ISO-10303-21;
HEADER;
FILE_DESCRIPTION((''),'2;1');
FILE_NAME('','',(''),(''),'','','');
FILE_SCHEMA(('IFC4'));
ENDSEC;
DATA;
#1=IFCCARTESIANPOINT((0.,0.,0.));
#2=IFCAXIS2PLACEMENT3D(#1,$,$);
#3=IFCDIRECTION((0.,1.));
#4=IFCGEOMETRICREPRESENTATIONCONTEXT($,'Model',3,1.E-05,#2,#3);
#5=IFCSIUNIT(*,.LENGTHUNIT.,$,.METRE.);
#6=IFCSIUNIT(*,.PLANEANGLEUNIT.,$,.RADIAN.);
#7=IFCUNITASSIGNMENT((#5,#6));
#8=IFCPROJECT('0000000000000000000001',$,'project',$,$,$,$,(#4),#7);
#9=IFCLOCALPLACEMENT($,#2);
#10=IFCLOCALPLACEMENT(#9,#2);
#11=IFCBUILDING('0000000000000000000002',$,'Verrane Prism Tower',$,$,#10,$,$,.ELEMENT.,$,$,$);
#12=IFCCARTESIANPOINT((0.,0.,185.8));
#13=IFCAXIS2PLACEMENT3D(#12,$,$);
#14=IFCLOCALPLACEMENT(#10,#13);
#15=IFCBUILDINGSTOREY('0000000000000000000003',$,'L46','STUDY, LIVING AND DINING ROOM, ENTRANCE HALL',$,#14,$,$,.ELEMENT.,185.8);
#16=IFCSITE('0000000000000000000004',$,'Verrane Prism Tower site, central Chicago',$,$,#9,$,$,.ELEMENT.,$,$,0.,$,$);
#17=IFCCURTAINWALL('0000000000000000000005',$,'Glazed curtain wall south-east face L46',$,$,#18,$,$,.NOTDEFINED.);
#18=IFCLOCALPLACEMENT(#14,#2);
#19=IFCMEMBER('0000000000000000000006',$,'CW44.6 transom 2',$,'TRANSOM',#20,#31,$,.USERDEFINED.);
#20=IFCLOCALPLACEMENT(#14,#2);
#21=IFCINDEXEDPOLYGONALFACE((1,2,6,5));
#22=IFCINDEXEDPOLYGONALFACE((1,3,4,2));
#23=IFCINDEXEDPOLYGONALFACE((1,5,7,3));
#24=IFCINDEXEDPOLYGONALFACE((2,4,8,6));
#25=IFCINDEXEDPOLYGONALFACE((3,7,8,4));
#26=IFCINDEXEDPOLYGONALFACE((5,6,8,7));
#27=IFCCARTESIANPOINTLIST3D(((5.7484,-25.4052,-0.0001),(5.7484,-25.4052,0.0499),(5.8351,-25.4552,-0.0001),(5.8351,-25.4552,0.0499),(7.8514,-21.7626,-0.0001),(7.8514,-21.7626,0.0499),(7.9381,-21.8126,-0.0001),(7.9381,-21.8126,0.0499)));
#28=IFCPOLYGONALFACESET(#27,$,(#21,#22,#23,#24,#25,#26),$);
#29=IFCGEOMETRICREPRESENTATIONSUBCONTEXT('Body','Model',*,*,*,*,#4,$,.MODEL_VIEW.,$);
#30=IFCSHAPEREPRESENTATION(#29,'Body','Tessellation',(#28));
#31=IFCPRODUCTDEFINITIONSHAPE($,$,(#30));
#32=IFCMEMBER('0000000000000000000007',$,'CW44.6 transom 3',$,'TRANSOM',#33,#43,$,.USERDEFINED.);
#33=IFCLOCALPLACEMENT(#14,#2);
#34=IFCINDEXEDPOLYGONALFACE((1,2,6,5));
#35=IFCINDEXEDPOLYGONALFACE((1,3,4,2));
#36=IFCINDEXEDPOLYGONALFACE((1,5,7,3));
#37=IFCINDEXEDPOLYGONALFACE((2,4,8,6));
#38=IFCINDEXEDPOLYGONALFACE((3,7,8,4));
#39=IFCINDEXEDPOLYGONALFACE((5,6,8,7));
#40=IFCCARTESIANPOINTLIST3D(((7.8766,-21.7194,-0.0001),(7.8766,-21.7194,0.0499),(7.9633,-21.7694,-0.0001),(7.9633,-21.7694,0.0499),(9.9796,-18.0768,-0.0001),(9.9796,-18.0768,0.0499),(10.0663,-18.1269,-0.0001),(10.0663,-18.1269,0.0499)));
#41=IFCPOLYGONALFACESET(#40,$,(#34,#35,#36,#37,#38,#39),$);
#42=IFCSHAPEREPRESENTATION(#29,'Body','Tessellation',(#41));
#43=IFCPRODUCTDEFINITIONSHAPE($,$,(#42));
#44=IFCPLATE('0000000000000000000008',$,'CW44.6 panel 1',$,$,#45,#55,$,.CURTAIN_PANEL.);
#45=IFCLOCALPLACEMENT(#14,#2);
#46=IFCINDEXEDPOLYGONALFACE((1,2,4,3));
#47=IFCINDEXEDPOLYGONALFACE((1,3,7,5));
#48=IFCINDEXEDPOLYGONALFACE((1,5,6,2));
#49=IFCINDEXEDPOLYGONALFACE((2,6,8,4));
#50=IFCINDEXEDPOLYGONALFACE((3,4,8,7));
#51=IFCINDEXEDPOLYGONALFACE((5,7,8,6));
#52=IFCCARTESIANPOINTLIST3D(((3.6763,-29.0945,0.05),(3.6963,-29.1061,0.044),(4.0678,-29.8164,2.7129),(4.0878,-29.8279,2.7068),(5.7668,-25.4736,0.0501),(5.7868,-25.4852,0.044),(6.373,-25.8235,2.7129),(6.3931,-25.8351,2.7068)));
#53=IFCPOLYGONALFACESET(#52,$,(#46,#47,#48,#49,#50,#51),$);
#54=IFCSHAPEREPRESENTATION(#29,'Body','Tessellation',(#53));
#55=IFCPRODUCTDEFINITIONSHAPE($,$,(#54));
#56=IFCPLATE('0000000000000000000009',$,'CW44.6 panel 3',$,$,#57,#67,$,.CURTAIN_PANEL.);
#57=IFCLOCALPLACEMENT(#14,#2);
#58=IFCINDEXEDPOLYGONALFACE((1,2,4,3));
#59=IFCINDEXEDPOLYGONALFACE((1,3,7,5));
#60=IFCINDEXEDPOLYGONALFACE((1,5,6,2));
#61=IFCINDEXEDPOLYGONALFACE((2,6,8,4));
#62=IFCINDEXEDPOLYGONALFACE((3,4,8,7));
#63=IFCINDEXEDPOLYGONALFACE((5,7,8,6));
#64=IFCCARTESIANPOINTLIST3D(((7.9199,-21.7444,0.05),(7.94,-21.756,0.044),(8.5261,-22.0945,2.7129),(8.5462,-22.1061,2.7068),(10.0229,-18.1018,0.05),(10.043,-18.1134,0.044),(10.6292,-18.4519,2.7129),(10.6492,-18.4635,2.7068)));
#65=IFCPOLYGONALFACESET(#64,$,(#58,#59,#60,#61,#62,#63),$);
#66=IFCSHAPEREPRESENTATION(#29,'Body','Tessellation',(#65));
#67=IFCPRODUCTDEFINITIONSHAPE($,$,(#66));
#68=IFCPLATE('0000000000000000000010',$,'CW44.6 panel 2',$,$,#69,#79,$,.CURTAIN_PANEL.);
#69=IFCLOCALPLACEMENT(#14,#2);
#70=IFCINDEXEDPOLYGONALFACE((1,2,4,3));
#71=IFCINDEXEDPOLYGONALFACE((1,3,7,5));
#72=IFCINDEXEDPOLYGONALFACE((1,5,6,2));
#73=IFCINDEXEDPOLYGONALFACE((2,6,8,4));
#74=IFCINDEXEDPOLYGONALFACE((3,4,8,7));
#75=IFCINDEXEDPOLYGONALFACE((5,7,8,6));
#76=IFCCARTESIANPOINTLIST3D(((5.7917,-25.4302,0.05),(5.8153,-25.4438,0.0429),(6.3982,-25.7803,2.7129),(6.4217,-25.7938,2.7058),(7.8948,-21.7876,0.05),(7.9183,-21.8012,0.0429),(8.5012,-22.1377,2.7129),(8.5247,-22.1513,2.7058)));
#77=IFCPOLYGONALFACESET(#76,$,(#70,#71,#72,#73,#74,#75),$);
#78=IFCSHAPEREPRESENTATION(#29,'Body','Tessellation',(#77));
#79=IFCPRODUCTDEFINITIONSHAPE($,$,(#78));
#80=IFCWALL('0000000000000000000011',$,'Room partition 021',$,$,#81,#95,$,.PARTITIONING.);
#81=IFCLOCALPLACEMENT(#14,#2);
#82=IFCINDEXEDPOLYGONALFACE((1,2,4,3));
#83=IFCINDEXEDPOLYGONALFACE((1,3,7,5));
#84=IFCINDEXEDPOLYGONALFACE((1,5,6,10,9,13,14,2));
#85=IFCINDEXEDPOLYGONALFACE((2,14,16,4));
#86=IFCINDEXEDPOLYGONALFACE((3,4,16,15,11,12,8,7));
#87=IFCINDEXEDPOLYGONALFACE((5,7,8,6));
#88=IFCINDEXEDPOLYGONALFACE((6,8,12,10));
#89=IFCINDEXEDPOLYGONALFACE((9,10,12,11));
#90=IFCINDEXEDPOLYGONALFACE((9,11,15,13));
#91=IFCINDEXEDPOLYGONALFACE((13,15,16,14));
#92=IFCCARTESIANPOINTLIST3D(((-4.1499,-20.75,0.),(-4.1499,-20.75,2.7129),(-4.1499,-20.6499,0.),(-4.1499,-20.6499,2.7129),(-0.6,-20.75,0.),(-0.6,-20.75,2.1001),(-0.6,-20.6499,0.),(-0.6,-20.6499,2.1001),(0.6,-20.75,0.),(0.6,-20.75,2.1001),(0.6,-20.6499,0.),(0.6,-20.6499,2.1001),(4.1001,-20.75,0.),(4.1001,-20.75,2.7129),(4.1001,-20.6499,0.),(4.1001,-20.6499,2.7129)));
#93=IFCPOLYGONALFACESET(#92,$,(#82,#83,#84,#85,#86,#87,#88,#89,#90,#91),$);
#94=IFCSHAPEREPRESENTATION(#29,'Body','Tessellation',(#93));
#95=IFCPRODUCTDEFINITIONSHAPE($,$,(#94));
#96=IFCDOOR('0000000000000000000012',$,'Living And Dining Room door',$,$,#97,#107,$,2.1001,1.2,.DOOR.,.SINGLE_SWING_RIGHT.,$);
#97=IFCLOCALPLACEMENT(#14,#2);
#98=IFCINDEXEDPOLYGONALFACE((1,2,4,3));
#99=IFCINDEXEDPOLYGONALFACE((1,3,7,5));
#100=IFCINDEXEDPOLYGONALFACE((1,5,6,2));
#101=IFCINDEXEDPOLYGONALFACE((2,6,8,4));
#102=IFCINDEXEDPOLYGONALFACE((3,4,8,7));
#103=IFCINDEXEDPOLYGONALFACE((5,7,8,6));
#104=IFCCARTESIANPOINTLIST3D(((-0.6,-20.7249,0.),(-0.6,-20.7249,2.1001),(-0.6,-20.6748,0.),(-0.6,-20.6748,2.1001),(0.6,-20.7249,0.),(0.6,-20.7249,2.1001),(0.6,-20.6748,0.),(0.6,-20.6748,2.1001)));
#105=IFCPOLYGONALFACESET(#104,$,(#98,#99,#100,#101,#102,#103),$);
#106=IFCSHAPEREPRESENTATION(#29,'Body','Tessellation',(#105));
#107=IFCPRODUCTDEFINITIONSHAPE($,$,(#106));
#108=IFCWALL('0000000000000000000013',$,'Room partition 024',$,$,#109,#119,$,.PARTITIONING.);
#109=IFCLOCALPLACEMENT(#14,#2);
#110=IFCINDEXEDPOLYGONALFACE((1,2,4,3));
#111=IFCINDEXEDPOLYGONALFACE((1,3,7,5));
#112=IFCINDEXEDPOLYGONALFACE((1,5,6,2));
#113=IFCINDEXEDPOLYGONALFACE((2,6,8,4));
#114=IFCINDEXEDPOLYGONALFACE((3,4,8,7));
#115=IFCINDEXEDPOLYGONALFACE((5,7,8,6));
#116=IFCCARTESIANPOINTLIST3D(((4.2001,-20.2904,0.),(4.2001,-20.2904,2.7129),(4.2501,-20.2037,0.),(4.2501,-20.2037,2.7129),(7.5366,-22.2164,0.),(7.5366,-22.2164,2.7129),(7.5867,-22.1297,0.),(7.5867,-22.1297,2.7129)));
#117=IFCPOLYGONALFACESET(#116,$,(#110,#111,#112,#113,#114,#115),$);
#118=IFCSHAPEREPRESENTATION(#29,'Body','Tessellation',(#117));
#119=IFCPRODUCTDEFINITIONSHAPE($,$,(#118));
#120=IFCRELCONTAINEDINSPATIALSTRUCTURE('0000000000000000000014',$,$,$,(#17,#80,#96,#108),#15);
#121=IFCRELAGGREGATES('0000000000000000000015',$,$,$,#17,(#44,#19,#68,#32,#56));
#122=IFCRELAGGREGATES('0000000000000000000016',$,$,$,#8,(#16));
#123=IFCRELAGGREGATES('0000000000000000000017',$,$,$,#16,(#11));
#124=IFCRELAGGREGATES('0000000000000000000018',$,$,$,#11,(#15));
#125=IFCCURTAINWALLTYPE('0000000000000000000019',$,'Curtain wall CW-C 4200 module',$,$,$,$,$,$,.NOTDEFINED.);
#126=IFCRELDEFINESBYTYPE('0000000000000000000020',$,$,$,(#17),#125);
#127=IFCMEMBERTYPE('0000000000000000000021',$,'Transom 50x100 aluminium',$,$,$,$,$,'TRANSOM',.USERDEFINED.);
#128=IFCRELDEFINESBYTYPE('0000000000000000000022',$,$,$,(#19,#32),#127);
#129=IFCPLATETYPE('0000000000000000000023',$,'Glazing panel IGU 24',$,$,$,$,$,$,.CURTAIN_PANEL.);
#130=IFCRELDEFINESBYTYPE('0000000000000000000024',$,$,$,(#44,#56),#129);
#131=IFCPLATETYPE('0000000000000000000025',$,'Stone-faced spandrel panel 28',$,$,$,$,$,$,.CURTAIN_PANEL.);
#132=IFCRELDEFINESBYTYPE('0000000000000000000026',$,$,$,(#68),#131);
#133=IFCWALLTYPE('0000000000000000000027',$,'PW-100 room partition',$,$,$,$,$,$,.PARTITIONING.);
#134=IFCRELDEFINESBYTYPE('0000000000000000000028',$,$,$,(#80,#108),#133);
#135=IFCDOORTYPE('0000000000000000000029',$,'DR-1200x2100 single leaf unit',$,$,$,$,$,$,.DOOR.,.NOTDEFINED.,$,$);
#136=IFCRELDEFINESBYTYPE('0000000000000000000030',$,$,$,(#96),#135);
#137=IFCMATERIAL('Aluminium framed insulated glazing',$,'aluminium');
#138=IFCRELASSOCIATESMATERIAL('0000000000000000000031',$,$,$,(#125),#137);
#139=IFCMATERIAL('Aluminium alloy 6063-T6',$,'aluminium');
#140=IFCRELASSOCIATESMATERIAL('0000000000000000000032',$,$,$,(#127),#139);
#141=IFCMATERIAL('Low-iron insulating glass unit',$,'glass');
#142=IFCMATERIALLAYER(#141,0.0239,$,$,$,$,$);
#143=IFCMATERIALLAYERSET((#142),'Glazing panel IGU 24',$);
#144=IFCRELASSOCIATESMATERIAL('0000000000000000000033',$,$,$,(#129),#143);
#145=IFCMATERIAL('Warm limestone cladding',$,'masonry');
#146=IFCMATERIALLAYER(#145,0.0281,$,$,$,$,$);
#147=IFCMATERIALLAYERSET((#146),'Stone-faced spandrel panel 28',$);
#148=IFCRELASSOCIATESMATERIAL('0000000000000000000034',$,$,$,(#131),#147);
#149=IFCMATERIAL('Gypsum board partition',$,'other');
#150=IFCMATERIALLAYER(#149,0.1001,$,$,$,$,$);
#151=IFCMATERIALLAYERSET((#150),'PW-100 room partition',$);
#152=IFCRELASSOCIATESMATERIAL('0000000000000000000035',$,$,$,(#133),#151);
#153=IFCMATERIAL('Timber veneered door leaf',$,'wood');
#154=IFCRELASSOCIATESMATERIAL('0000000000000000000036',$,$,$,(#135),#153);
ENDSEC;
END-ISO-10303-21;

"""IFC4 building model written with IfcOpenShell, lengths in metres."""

from ifc_helpers import new_model, si_unit, direction, frame, frame_2d, origin, origin_2d, place, context, subcontext, project, spatial, polyline, rectangle, outline, extrude, material, layer, layer_set, material_profile, profile_set, type_object, element, fill, aggregate, save


model = new_model("IFC4")

# Units and contexts
model_context = context("Model", 3, precision=1e-05, world=origin(), true_north=direction((0.0, 1.0)))
body_context = subcontext(model_context, "Body", "Model", "MODEL_VIEW")
ifc_project = project(units=[si_unit("LENGTHUNIT", "METRE"), si_unit("PLANEANGLEUNIT", "RADIAN")], contexts=[model_context])

# Site, building, storey
site_placement = place(None, origin())
site = spatial("IfcSite", under=ifc_project, at=site_placement, Name="Verrane Prism Tower site, central Chicago", CompositionType="ELEMENT", RefElevation=0.0)
building_placement = place(site_placement, origin())
building = spatial("IfcBuilding", under=site, at=building_placement, Name="Verrane Prism Tower", CompositionType="ELEMENT")
storey_placement = place(building_placement, frame((0.0, 0.0, 185.8)))
storey = spatial("IfcBuildingStorey", under=building, at=storey_placement, Name="L46", Description="STUDY, LIVING AND DINING ROOM, ENTRANCE HALL", CompositionType="ELEMENT", Elevation=185.8)

# Curtain wall
ifc_material_1 = material(Name="Aluminium framed insulated glazing", Category="aluminium")
curtain_wall_type = type_object("IfcCurtainWallType", Name="Curtain wall CW-C 4200 module", PredefinedType="NOTDEFINED", material=ifc_material_1)
curtain_wall_placement = place(storey_placement, origin())
curtain_wall = element("IfcCurtainWall", 1, at=curtain_wall_placement, inside=storey, type_object=curtain_wall_type, Name="Glazed curtain wall south-east face L46", PredefinedType="NOTDEFINED")

# Members
ifc_material_2 = material(Name="Aluminium alloy 6063-T6", Category="aluminium")
ifc_material_profile_1 = material_profile(ifc_material_2, rectangle(XDim=0.1001, YDim=0.05, at=origin_2d()), Name="Transom 50x100 aluminium")
ifc_profile_set_1 = profile_set([ifc_material_profile_1], Name="Aluminium alloy 6063-T6")
member_type_1 = type_object("IfcMemberType", Name="Transom 50x100 aluminium", ElementType="TRANSOM", PredefinedType="USERDEFINED", material=ifc_profile_set_1)
member_1_placement = place(storey_placement, frame((5.7917, -25.4302, 0.0249), z_axis=(0.499997, 0.866027, 0.0), x_axis=(-0.866027, 0.499997, 0.0)))
member_1 = element("IfcMember", 2, at=member_1_placement, type_object=member_type_1, Name="CW44.6 transom 2", ObjectType="TRANSOM", PredefinedType="USERDEFINED", context=body_context, shape_type="SweptSolid", body=[
    extrude(rectangle(XDim=0.1001, YDim=0.05, at=origin_2d()), origin(), (0.0, 0.0, 1.0), 4.2061),
])
member_2_placement = place(storey_placement, frame((7.9199, -21.7444, 0.0249), z_axis=(0.499997, 0.866027, 0.0), x_axis=(-0.866027, 0.499997, 0.0)))
member_2 = element("IfcMember", 3, at=member_2_placement, type_object=member_type_1, Name="CW44.6 transom 3", ObjectType="TRANSOM", PredefinedType="USERDEFINED", context=body_context, shape_type="SweptSolid", body=[
    extrude(rectangle(XDim=0.1001, YDim=0.05, at=origin_2d()), origin(), (0.0, 0.0, 1.0), 4.2061),
])

# Plates
ifc_material_3 = material(Name="Low-iron insulating glass unit", Category="glass")
ifc_layer_1 = layer(ifc_material_3, 0.0239)
ifc_layer_set_1 = layer_set([ifc_layer_1], Name="Glazing panel IGU 24")
plate_type_1 = type_object("IfcPlateType", Name="Glazing panel IGU 24", PredefinedType="CURTAIN_PANEL", material=ifc_layer_set_1)
plate_1_placement = place(storey_placement, frame((3.6763, -29.0945, 0.05), z_axis=(-0.837572, 0.483566, 0.254241), x_axis=(0.499996, 0.866028, 0.000005)))
plate_1 = element("IfcPlate", 4, at=plate_1_placement, type_object=plate_type_1, Name="CW44.6 panel 1", PredefinedType="CURTAIN_PANEL", context=body_context, shape_type="SweptSolid", body=[
    extrude(outline(polyline([(0.0, 0.0), (4.181, 0.0), (4.1812, -2.7533), (-0.4294, -2.7533), (0.0, 0.0)])), origin(), (0.0, 0.0, -1.0), 0.0239),
])
plate_2_placement = place(storey_placement, frame((7.9199, -21.7444, 0.05), z_axis=(-0.837568, 0.483566, 0.254251), x_axis=(0.499997, 0.866027, 0.0)))
plate_2 = element("IfcPlate", 5, at=plate_2_placement, type_object=plate_type_1, Name="CW44.6 panel 3", PredefinedType="CURTAIN_PANEL", context=body_context, shape_type="SweptSolid", body=[
    extrude(outline(polyline([(0.0, 0.0), (4.2061, 0.0), (4.206, -2.7533), (-0.0001, -2.7533), (0.0, 0.0)])), origin(), (0.0, 0.0, -1.0), 0.0239),
])
ifc_material_4 = material(Name="Warm limestone cladding", Category="masonry")
ifc_layer_2 = layer(ifc_material_4, 0.0281)
ifc_layer_set_2 = layer_set([ifc_layer_2], Name="Stone-faced spandrel panel 28")
plate_type_2 = type_object("IfcPlateType", Name="Stone-faced spandrel panel 28", PredefinedType="CURTAIN_PANEL", material=ifc_layer_set_2)
plate_3_placement = place(storey_placement, frame((5.7917, -25.4302, 0.05), z_axis=(-0.837552, 0.483557, 0.254323), x_axis=(0.499997, 0.866027, 0.0)))
plate_3 = element("IfcPlate", 6, at=plate_3_placement, type_object=plate_type_2, Name="CW44.6 panel 2", PredefinedType="CURTAIN_PANEL", context=body_context, shape_type="SweptSolid", body=[
    extrude(outline(polyline([(0.0, 0.0), (4.2061, 0.0), (4.2061, -2.7534), (0.0, -2.7534), (0.0, 0.0)])), origin(), (0.0, 0.0, -1.0), 0.0281),
])
aggregate(curtain_wall, [plate_1, member_1, plate_3, member_2, plate_2])

# Wall, opening, door
ifc_material_5 = material(Name="Gypsum board partition", Category="other")
ifc_layer_3 = layer(ifc_material_5, 0.1001)
ifc_layer_set_3 = layer_set([ifc_layer_3], Name="PW-100 room partition")
wall_type = type_object("IfcWallType", Name="PW-100 room partition", PredefinedType="PARTITIONING", material=ifc_layer_set_3)
wall_1_placement = place(storey_placement, frame((4.1001, -20.7, 0.0), z_axis=(0.0, 0.0, 1.0), x_axis=(-1.0, 0.0, 0.0)))
wall_1 = element("IfcWall", 7, at=wall_1_placement, inside=storey, type_object=wall_type, Name="Room partition 021", PredefinedType="PARTITIONING", context=body_context, shape_type="SweptSolid", body=[
    extrude(rectangle(XDim=8.25, YDim=0.1001, at=frame_2d((4.125, 0.0))), origin(), (0.0, 0.0, 1.0), 2.7129),
])
opening_placement = place(wall_1_placement, frame((3.5, 0.0, 0.0)))
opening = element("IfcOpeningElement", 8, at=opening_placement, cuts=wall_1, PredefinedType="OPENING", context=body_context, shape_type="SweptSolid", body=[
    extrude(rectangle(XDim=1.2, YDim=2.1001, at=frame_2d((0.6001, 1.05))), frame((0.0, 0.0601, 0.0), z_axis=(0.0, -1.0, 0.0), x_axis=(1.0, 0.0, 0.0)), (0.0, 0.0, 1.0), 0.1201),
])
ifc_material_6 = material(Name="Timber veneered door leaf", Category="wood")
door_type = type_object("IfcDoorType", Name="DR-1200x2100 single leaf unit", OperationType="NOTDEFINED", PredefinedType="DOOR", material=ifc_material_6)
door_placement = place(opening_placement, origin())
door = element("IfcDoor", 9, at=door_placement, inside=storey, type_object=door_type, Name="Living And Dining Room door", OperationType="SINGLE_SWING_RIGHT", OverallHeight=2.1001, OverallWidth=1.2, PredefinedType="DOOR", context=body_context, shape_type="SweptSolid", body=[
    extrude(rectangle(XDim=1.2, YDim=2.1001, at=frame_2d((0.6001, 1.05))), frame((0.0, 0.0249, 0.0), z_axis=(0.0, -1.0, 0.0), x_axis=(1.0, 0.0, 0.0)), (0.0, 0.0, 1.0), 0.05),
])
fill(opening, door)

# Wall
wall_2_placement = place(storey_placement, frame((4.2251, -20.2471, 0.0), z_axis=(0.0, 0.0, 1.0), x_axis=(0.866071, -0.499922, 0.0)))
element("IfcWall", 10, at=wall_2_placement, inside=storey, type_object=wall_type, Name="Room partition 024", PredefinedType="PARTITIONING", context=body_context, shape_type="SweptSolid", body=[
    extrude(rectangle(XDim=3.8525, YDim=0.1001, at=frame_2d((1.9263, 0.0))), origin(), (0.0, 0.0, 1.0), 2.7129),
])

save(model, "model.ifc")
